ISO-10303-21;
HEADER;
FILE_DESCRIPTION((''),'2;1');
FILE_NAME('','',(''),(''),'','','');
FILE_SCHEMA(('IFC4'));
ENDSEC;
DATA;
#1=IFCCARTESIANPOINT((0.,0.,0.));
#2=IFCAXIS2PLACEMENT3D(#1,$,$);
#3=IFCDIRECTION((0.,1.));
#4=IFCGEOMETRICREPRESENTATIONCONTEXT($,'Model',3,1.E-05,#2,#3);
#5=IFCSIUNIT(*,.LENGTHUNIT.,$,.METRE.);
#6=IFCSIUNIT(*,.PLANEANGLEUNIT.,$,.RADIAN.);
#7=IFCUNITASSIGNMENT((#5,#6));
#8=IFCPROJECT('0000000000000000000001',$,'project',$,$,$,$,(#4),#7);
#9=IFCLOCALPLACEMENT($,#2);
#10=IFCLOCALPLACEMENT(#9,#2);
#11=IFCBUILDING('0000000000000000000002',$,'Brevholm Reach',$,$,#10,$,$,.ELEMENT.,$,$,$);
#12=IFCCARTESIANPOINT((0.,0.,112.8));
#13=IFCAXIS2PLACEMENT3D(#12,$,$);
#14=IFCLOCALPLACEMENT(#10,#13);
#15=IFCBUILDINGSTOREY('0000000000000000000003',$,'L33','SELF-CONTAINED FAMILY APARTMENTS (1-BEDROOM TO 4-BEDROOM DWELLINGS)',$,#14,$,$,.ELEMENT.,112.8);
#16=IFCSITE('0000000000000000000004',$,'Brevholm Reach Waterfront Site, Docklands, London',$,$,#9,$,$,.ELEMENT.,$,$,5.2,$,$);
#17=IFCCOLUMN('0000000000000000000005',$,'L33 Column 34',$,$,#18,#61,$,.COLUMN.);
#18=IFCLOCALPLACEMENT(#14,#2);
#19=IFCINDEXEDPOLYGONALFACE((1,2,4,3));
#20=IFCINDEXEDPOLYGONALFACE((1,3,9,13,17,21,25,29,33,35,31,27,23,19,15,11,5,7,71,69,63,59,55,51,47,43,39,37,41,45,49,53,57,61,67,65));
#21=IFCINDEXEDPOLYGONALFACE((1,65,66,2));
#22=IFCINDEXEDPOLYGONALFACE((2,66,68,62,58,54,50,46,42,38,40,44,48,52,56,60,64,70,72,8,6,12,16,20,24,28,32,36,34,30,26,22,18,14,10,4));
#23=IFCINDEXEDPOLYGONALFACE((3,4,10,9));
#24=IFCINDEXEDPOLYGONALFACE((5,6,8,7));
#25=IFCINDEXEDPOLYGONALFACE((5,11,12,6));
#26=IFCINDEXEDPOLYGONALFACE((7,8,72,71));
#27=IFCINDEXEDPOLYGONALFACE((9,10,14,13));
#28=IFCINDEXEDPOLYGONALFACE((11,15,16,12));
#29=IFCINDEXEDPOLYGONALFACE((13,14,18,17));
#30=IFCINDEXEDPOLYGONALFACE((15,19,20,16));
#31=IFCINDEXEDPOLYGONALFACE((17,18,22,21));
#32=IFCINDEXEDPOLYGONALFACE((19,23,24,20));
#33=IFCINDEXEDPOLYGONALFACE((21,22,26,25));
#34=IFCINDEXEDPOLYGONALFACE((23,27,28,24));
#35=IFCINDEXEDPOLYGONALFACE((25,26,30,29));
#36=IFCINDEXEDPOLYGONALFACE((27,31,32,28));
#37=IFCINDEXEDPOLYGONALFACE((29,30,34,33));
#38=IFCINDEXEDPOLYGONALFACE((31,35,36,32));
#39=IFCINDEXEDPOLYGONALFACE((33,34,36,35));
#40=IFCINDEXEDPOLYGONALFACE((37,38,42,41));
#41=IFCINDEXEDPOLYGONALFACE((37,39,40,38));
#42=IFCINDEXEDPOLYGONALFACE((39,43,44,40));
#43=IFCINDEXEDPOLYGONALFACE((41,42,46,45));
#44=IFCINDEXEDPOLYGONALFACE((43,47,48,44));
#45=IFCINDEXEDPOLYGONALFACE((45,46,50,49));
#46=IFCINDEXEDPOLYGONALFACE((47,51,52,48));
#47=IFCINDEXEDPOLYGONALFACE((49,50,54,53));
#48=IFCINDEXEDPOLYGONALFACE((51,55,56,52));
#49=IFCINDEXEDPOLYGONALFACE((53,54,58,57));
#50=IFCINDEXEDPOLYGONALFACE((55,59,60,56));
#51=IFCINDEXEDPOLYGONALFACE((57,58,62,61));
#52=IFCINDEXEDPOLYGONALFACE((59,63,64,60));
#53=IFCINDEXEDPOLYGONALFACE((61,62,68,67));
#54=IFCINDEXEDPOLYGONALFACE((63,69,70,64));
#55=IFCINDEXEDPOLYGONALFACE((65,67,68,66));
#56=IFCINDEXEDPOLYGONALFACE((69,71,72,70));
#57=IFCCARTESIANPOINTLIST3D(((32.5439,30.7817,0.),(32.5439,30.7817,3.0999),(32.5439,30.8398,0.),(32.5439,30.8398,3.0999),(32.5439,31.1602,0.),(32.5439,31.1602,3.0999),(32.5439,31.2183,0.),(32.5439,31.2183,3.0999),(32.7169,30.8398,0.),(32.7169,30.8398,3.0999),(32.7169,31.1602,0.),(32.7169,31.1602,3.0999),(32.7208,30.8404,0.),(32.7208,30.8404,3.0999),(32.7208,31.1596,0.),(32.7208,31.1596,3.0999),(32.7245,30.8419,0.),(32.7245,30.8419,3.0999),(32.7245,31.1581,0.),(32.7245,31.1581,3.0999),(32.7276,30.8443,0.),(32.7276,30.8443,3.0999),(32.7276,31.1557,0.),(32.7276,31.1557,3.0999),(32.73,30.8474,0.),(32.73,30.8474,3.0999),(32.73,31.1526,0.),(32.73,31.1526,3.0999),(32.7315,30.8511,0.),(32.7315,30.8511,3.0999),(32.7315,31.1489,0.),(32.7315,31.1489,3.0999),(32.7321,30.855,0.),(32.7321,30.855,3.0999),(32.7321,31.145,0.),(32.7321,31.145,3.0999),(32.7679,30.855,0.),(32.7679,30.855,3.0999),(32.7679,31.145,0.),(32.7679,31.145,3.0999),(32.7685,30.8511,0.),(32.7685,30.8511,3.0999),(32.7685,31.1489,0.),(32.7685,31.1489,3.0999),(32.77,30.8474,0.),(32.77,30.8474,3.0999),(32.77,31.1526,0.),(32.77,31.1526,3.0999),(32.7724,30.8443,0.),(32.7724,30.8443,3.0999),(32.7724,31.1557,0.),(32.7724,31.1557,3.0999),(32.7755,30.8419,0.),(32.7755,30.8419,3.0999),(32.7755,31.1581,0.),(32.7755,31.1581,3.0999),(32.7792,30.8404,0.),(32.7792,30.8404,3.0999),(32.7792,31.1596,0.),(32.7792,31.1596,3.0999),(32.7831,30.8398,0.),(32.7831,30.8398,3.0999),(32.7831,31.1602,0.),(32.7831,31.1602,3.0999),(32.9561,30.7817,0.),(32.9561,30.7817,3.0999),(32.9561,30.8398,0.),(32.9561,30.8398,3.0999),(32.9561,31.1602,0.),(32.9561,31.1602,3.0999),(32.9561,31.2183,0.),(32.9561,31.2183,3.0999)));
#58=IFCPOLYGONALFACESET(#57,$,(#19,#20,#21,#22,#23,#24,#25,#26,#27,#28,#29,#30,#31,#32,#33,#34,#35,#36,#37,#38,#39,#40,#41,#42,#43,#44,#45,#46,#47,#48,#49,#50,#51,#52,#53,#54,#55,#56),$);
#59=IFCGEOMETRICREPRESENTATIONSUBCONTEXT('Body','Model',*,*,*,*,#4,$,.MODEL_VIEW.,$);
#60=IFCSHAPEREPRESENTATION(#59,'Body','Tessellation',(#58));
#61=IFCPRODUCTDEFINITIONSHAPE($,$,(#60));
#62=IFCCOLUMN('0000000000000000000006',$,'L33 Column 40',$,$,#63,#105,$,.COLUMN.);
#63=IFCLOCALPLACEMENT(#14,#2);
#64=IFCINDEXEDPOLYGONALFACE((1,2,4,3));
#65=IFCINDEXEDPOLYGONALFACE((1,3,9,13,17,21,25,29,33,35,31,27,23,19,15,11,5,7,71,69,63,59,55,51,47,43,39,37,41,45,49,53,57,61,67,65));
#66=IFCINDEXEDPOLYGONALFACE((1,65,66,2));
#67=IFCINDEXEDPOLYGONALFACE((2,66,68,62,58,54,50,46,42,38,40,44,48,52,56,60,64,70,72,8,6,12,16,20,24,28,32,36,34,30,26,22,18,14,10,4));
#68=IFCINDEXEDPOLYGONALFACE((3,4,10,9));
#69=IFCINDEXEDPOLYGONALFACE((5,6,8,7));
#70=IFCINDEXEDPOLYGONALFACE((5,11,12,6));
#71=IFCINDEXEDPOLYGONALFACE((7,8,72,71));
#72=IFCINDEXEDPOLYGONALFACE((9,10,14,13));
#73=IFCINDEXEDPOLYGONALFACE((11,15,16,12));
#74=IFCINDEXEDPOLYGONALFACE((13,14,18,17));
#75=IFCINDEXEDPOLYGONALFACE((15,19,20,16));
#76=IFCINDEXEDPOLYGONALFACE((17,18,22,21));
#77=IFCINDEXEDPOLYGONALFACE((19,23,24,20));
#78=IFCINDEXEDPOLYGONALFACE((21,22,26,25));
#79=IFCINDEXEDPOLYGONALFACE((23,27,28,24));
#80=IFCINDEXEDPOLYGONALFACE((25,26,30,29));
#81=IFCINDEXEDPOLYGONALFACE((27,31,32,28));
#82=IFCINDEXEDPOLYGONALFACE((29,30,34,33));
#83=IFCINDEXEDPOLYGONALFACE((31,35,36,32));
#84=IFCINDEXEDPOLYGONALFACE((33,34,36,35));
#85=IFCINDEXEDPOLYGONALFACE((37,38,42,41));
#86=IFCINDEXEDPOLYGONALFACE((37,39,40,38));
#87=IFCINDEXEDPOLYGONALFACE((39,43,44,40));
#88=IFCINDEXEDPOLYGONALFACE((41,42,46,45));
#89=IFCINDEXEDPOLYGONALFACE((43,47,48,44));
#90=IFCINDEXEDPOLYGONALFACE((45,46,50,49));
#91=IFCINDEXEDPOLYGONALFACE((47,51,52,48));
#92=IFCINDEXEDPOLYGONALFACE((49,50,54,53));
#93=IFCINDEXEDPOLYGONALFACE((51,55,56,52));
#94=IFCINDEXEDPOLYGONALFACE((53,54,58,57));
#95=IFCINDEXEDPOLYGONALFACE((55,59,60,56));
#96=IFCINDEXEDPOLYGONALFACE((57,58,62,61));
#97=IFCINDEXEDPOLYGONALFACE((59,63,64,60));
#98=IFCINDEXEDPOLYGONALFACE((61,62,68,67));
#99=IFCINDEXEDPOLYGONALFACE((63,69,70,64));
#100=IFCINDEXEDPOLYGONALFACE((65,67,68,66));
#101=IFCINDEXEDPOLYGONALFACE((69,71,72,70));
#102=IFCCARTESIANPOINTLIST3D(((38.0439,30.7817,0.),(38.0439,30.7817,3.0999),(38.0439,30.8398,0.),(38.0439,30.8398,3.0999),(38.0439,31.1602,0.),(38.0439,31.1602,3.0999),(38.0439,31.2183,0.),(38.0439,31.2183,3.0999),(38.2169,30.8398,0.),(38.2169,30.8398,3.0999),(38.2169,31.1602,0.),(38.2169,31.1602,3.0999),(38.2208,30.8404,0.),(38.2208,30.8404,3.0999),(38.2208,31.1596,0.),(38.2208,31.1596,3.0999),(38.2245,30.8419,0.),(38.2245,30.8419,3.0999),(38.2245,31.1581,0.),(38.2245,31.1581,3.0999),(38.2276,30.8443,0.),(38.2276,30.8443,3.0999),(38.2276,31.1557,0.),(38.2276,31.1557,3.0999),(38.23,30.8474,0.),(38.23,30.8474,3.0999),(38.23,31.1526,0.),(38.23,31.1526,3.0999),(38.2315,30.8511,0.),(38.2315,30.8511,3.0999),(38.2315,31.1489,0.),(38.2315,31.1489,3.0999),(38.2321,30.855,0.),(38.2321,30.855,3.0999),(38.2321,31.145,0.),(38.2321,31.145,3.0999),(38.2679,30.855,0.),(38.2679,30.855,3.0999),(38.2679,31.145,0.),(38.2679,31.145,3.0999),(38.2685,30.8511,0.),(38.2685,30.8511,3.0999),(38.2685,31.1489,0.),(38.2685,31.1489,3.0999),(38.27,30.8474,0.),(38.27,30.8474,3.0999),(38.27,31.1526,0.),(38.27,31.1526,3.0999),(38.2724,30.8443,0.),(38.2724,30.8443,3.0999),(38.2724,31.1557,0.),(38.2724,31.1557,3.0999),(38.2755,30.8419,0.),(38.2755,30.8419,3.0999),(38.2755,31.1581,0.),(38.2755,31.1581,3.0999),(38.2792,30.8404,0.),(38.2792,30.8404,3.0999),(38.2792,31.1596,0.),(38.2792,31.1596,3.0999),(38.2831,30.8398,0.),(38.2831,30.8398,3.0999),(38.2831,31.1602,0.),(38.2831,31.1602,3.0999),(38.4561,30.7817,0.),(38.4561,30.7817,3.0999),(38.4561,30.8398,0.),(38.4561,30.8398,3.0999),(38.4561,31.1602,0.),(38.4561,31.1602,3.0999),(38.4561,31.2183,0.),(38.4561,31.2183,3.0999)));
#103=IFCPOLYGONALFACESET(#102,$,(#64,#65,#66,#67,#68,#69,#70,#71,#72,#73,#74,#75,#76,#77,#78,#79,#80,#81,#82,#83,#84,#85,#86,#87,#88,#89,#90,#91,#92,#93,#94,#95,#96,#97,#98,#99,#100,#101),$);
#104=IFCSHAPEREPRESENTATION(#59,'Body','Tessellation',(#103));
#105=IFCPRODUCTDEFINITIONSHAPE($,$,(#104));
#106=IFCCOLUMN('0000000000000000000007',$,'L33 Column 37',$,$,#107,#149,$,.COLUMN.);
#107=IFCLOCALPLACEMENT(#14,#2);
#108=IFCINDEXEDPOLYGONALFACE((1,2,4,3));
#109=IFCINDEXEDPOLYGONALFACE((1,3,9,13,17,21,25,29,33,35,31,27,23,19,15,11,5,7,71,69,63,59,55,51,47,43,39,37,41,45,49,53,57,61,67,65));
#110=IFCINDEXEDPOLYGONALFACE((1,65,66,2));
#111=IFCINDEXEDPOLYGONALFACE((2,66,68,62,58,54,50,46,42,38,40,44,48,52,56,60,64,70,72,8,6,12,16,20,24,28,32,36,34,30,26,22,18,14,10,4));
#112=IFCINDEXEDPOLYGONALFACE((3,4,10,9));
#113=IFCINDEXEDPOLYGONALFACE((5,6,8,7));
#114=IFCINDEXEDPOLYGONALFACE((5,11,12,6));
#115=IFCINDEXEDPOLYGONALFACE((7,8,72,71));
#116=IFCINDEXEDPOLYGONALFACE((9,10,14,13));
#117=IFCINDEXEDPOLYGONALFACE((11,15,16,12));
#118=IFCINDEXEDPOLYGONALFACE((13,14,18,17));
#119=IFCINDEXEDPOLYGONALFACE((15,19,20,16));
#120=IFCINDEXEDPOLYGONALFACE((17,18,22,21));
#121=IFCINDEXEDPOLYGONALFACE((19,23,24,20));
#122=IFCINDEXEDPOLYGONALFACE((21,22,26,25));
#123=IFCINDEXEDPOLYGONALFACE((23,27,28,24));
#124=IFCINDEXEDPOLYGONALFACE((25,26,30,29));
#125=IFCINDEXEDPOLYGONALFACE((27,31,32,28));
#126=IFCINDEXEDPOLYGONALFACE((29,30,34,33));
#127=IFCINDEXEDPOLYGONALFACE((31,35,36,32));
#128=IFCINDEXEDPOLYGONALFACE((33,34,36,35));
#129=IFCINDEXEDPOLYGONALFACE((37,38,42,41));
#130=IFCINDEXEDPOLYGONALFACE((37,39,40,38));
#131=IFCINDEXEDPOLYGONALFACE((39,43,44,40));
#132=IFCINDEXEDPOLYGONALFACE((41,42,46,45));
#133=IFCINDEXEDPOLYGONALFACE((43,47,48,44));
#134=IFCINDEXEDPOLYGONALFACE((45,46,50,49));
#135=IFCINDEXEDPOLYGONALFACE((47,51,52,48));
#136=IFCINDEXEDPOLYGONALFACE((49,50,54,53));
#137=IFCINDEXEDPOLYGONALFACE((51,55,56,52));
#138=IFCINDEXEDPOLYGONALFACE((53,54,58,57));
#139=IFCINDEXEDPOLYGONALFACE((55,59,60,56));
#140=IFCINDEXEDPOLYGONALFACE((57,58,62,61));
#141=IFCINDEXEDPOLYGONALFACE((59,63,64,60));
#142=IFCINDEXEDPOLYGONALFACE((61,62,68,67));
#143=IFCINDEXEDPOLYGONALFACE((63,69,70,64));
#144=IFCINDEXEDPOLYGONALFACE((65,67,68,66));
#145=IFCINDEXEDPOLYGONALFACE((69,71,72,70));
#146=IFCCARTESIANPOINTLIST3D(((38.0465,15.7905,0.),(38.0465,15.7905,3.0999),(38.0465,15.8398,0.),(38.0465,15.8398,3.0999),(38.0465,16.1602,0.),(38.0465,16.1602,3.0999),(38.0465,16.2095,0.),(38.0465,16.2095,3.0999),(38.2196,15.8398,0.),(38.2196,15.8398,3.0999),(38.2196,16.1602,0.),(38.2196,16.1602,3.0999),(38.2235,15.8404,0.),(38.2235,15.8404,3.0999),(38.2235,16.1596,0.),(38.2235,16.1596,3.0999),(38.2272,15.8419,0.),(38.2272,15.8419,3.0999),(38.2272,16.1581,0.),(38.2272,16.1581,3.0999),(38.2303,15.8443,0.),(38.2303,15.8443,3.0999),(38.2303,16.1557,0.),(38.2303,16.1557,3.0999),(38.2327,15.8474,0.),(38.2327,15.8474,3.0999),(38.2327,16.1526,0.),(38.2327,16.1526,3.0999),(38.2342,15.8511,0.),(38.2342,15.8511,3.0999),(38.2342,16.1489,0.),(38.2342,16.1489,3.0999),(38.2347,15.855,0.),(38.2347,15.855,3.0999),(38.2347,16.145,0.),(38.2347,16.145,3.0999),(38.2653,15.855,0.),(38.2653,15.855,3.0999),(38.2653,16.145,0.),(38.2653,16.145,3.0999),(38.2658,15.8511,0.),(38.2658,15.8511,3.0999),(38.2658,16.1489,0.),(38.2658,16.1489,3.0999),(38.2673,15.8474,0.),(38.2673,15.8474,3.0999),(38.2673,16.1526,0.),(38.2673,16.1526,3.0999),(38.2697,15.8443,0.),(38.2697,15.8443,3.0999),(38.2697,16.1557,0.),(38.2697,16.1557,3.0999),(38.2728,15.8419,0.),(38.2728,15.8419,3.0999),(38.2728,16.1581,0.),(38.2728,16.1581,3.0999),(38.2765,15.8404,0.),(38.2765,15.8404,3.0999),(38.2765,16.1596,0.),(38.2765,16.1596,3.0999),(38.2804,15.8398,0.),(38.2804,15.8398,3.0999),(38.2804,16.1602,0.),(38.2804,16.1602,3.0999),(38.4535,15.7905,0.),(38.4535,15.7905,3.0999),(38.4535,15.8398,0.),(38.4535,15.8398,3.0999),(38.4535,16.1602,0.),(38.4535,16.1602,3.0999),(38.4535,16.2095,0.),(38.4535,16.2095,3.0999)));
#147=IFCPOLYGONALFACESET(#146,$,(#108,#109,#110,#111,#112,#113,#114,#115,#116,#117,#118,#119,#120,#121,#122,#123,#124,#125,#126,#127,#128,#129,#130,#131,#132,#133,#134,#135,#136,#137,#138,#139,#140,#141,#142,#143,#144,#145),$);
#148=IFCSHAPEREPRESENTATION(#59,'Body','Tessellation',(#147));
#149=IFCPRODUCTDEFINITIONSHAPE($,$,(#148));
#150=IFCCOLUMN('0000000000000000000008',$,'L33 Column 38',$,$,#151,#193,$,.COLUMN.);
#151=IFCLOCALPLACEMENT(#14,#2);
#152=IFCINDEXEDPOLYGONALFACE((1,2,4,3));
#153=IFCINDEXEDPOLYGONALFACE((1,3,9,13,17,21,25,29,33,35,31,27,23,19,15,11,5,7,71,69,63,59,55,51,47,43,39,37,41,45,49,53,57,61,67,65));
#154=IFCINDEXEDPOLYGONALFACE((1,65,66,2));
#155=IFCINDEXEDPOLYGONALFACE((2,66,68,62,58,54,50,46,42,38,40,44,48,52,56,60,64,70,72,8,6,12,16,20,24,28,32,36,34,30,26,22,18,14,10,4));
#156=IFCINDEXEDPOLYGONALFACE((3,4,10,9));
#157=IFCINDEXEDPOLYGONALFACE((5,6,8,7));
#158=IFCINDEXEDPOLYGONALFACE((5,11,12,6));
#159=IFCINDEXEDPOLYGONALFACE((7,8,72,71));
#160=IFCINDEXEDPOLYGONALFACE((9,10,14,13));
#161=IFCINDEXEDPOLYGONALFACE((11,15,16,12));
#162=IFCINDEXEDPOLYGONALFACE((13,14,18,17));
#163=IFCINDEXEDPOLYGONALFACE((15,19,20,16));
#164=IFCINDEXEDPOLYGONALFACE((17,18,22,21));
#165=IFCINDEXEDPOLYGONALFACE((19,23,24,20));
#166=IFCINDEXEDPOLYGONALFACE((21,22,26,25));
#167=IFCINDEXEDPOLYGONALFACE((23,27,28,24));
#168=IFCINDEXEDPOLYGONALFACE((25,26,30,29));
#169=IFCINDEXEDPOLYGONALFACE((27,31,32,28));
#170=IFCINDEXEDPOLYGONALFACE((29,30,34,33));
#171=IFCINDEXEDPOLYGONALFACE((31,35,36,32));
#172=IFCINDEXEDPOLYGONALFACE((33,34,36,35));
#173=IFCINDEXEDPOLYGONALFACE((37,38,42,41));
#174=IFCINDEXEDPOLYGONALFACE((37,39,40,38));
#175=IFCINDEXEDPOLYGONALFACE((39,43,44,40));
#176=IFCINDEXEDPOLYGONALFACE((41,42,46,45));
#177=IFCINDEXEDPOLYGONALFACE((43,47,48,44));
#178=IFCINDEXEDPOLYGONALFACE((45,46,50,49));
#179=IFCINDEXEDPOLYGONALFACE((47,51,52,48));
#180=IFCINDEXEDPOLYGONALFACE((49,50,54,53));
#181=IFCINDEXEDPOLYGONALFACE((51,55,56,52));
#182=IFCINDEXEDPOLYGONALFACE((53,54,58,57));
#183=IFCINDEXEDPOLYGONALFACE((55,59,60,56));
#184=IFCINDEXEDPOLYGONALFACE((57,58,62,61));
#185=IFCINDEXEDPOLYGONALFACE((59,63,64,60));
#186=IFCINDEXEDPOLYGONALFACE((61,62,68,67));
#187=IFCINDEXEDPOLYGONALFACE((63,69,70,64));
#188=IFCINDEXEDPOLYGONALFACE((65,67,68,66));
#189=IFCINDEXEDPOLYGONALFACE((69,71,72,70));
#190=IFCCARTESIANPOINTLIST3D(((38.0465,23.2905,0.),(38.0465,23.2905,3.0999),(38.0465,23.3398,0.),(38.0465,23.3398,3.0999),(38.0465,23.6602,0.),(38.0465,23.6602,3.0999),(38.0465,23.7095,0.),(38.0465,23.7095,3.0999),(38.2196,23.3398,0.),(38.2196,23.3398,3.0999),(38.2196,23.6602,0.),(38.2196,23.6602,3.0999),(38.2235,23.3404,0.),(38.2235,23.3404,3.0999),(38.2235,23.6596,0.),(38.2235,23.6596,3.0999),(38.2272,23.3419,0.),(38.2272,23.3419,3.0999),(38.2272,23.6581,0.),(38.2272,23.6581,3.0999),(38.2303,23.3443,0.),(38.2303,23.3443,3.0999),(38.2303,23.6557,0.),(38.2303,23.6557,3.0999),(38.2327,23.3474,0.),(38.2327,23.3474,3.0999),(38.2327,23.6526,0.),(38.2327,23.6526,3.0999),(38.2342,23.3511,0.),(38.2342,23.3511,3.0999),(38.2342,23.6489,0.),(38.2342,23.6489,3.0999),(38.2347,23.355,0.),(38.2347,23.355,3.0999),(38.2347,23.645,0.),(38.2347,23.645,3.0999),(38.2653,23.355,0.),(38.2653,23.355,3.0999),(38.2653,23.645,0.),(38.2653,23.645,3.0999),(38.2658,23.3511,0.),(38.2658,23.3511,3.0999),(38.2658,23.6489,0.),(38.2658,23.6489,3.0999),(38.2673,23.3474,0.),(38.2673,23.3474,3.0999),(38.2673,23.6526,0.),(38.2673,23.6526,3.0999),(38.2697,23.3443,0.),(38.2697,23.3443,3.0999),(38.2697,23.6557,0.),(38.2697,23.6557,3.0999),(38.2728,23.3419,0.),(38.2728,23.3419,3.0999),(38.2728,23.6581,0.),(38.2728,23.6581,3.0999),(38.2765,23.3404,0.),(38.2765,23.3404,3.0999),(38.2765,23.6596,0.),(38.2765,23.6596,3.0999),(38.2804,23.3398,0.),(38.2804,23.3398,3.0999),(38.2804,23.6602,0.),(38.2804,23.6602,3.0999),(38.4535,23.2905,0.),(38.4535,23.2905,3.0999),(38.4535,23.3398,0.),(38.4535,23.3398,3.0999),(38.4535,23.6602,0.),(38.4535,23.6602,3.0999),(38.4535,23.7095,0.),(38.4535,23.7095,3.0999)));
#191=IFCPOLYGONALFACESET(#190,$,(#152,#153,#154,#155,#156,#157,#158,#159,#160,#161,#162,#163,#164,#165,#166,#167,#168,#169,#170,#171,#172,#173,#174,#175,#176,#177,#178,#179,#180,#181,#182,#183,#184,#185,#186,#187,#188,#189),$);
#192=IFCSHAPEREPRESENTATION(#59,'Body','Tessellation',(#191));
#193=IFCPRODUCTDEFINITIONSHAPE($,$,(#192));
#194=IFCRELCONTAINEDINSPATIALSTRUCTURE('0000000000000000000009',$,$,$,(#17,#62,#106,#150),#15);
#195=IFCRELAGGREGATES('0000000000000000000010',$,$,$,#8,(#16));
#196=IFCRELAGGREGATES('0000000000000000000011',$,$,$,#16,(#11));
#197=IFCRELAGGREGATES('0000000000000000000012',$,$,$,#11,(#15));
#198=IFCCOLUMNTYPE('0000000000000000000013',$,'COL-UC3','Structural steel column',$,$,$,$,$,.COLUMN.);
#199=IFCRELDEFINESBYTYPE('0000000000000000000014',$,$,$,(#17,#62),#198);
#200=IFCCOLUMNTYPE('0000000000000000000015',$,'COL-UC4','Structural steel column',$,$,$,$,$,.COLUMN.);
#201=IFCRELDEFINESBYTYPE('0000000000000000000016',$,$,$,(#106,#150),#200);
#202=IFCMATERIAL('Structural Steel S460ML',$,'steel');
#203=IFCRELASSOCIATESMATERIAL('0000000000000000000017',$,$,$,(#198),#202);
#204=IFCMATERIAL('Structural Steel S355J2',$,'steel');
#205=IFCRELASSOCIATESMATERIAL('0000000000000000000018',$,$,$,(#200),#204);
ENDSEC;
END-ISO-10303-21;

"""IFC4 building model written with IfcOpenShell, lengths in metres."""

from ifc_helpers import new_model, si_unit, direction, frame, origin, origin_2d, place, context, subcontext, project, spatial, i_section, extrude, material, material_profile, profile_set, type_object, element, save


model = new_model("IFC4")

# Units and contexts
model_context = context("Model", 3, precision=1e-05, world=origin(), true_north=direction((0.0, 1.0)))
body_context = subcontext(model_context, "Body", "Model", "MODEL_VIEW")
ifc_project = project(units=[si_unit("LENGTHUNIT", "METRE"), si_unit("PLANEANGLEUNIT", "RADIAN")], contexts=[model_context])

# Site, building, storey
site_placement = place(None, origin())
site = spatial("IfcSite", under=ifc_project, at=site_placement, Name="Brevholm Reach Waterfront Site, Docklands, London", CompositionType="ELEMENT", RefElevation=5.2)
building_placement = place(site_placement, origin())
building = spatial("IfcBuilding", under=site, at=building_placement, Name="Brevholm Reach", CompositionType="ELEMENT")
storey_placement = place(building_placement, frame((0.0, 0.0, 112.8)))
storey = spatial("IfcBuildingStorey", under=building, at=storey_placement, Name="L33", Description="SELF-CONTAINED FAMILY APARTMENTS (1-BEDROOM TO 4-BEDROOM DWELLINGS)", CompositionType="ELEMENT", Elevation=112.8)

# Columns
ifc_material_1 = material(Name="Structural Steel S460ML", Category="steel")
ifc_material_profile_1 = material_profile(ifc_material_1, i_section(OverallWidth=0.4121, OverallDepth=0.4365, WebThickness=0.0359, FlangeThickness=0.0581, FilletRadius=0.0151, at=origin_2d()), Name="UKC 356x406x467")
ifc_profile_set_1 = profile_set([ifc_material_profile_1], Name="Structural Steel S460ML")
column_type_1 = type_object("IfcColumnType", Name="COL-UC3", Description="Structural steel column", PredefinedType="COLUMN", material=ifc_profile_set_1)
for number, where, z_axis, x_axis, name in (
    (1, (32.75, 31.0, 0.0), (0.0, 0.0, 1.0), (1.0, 0.0, 0.0), "L33 Column 34"),
    (2, (38.25, 31.0, 0.0), (0.0, 0.0, 1.0), (1.0, 0.0, 0.0), "L33 Column 40"),
):
    element("IfcColumn", number, at=place(storey_placement, frame(where, z_axis=z_axis, x_axis=x_axis)), inside=storey, type_object=column_type_1, Name=name, PredefinedType="COLUMN", context=body_context, shape_type="SweptSolid", body=[
        extrude(i_section(OverallWidth=0.4121, OverallDepth=0.4365, WebThickness=0.0359, FlangeThickness=0.0581, FilletRadius=0.0151, at=origin_2d()), origin(), (0.0, 0.0, 1.0), 3.0999),
    ])
ifc_material_2 = material(Name="Structural Steel S355J2", Category="steel")
ifc_material_profile_2 = material_profile(ifc_material_2, i_section(OverallWidth=0.407, OverallDepth=0.4189, WebThickness=0.0305, FlangeThickness=0.0493, FilletRadius=0.0151, at=origin_2d()), Name="UKC 356x406x393")
ifc_profile_set_2 = profile_set([ifc_material_profile_2], Name="Structural Steel S355J2")
column_type_2 = type_object("IfcColumnType", Name="COL-UC4", Description="Structural steel column", PredefinedType="COLUMN", material=ifc_profile_set_2)
for number, where, z_axis, x_axis, name in (
    (3, (38.25, 16.0, 0.0), (0.0, 0.0, 1.0), (1.0, 0.0, 0.0), "L33 Column 37"),
    (4, (38.25, 23.5, 0.0), (0.0, 0.0, 1.0), (1.0, 0.0, 0.0), "L33 Column 38"),
):
    element("IfcColumn", number, at=place(storey_placement, frame(where, z_axis=z_axis, x_axis=x_axis)), inside=storey, type_object=column_type_2, Name=name, PredefinedType="COLUMN", context=body_context, shape_type="SweptSolid", body=[
        extrude(i_section(OverallWidth=0.407, OverallDepth=0.4189, WebThickness=0.0305, FlangeThickness=0.0493, FilletRadius=0.0151, at=origin_2d()), origin(), (0.0, 0.0, 1.0), 3.0999),
    ])

save(model, "model.ifc")
